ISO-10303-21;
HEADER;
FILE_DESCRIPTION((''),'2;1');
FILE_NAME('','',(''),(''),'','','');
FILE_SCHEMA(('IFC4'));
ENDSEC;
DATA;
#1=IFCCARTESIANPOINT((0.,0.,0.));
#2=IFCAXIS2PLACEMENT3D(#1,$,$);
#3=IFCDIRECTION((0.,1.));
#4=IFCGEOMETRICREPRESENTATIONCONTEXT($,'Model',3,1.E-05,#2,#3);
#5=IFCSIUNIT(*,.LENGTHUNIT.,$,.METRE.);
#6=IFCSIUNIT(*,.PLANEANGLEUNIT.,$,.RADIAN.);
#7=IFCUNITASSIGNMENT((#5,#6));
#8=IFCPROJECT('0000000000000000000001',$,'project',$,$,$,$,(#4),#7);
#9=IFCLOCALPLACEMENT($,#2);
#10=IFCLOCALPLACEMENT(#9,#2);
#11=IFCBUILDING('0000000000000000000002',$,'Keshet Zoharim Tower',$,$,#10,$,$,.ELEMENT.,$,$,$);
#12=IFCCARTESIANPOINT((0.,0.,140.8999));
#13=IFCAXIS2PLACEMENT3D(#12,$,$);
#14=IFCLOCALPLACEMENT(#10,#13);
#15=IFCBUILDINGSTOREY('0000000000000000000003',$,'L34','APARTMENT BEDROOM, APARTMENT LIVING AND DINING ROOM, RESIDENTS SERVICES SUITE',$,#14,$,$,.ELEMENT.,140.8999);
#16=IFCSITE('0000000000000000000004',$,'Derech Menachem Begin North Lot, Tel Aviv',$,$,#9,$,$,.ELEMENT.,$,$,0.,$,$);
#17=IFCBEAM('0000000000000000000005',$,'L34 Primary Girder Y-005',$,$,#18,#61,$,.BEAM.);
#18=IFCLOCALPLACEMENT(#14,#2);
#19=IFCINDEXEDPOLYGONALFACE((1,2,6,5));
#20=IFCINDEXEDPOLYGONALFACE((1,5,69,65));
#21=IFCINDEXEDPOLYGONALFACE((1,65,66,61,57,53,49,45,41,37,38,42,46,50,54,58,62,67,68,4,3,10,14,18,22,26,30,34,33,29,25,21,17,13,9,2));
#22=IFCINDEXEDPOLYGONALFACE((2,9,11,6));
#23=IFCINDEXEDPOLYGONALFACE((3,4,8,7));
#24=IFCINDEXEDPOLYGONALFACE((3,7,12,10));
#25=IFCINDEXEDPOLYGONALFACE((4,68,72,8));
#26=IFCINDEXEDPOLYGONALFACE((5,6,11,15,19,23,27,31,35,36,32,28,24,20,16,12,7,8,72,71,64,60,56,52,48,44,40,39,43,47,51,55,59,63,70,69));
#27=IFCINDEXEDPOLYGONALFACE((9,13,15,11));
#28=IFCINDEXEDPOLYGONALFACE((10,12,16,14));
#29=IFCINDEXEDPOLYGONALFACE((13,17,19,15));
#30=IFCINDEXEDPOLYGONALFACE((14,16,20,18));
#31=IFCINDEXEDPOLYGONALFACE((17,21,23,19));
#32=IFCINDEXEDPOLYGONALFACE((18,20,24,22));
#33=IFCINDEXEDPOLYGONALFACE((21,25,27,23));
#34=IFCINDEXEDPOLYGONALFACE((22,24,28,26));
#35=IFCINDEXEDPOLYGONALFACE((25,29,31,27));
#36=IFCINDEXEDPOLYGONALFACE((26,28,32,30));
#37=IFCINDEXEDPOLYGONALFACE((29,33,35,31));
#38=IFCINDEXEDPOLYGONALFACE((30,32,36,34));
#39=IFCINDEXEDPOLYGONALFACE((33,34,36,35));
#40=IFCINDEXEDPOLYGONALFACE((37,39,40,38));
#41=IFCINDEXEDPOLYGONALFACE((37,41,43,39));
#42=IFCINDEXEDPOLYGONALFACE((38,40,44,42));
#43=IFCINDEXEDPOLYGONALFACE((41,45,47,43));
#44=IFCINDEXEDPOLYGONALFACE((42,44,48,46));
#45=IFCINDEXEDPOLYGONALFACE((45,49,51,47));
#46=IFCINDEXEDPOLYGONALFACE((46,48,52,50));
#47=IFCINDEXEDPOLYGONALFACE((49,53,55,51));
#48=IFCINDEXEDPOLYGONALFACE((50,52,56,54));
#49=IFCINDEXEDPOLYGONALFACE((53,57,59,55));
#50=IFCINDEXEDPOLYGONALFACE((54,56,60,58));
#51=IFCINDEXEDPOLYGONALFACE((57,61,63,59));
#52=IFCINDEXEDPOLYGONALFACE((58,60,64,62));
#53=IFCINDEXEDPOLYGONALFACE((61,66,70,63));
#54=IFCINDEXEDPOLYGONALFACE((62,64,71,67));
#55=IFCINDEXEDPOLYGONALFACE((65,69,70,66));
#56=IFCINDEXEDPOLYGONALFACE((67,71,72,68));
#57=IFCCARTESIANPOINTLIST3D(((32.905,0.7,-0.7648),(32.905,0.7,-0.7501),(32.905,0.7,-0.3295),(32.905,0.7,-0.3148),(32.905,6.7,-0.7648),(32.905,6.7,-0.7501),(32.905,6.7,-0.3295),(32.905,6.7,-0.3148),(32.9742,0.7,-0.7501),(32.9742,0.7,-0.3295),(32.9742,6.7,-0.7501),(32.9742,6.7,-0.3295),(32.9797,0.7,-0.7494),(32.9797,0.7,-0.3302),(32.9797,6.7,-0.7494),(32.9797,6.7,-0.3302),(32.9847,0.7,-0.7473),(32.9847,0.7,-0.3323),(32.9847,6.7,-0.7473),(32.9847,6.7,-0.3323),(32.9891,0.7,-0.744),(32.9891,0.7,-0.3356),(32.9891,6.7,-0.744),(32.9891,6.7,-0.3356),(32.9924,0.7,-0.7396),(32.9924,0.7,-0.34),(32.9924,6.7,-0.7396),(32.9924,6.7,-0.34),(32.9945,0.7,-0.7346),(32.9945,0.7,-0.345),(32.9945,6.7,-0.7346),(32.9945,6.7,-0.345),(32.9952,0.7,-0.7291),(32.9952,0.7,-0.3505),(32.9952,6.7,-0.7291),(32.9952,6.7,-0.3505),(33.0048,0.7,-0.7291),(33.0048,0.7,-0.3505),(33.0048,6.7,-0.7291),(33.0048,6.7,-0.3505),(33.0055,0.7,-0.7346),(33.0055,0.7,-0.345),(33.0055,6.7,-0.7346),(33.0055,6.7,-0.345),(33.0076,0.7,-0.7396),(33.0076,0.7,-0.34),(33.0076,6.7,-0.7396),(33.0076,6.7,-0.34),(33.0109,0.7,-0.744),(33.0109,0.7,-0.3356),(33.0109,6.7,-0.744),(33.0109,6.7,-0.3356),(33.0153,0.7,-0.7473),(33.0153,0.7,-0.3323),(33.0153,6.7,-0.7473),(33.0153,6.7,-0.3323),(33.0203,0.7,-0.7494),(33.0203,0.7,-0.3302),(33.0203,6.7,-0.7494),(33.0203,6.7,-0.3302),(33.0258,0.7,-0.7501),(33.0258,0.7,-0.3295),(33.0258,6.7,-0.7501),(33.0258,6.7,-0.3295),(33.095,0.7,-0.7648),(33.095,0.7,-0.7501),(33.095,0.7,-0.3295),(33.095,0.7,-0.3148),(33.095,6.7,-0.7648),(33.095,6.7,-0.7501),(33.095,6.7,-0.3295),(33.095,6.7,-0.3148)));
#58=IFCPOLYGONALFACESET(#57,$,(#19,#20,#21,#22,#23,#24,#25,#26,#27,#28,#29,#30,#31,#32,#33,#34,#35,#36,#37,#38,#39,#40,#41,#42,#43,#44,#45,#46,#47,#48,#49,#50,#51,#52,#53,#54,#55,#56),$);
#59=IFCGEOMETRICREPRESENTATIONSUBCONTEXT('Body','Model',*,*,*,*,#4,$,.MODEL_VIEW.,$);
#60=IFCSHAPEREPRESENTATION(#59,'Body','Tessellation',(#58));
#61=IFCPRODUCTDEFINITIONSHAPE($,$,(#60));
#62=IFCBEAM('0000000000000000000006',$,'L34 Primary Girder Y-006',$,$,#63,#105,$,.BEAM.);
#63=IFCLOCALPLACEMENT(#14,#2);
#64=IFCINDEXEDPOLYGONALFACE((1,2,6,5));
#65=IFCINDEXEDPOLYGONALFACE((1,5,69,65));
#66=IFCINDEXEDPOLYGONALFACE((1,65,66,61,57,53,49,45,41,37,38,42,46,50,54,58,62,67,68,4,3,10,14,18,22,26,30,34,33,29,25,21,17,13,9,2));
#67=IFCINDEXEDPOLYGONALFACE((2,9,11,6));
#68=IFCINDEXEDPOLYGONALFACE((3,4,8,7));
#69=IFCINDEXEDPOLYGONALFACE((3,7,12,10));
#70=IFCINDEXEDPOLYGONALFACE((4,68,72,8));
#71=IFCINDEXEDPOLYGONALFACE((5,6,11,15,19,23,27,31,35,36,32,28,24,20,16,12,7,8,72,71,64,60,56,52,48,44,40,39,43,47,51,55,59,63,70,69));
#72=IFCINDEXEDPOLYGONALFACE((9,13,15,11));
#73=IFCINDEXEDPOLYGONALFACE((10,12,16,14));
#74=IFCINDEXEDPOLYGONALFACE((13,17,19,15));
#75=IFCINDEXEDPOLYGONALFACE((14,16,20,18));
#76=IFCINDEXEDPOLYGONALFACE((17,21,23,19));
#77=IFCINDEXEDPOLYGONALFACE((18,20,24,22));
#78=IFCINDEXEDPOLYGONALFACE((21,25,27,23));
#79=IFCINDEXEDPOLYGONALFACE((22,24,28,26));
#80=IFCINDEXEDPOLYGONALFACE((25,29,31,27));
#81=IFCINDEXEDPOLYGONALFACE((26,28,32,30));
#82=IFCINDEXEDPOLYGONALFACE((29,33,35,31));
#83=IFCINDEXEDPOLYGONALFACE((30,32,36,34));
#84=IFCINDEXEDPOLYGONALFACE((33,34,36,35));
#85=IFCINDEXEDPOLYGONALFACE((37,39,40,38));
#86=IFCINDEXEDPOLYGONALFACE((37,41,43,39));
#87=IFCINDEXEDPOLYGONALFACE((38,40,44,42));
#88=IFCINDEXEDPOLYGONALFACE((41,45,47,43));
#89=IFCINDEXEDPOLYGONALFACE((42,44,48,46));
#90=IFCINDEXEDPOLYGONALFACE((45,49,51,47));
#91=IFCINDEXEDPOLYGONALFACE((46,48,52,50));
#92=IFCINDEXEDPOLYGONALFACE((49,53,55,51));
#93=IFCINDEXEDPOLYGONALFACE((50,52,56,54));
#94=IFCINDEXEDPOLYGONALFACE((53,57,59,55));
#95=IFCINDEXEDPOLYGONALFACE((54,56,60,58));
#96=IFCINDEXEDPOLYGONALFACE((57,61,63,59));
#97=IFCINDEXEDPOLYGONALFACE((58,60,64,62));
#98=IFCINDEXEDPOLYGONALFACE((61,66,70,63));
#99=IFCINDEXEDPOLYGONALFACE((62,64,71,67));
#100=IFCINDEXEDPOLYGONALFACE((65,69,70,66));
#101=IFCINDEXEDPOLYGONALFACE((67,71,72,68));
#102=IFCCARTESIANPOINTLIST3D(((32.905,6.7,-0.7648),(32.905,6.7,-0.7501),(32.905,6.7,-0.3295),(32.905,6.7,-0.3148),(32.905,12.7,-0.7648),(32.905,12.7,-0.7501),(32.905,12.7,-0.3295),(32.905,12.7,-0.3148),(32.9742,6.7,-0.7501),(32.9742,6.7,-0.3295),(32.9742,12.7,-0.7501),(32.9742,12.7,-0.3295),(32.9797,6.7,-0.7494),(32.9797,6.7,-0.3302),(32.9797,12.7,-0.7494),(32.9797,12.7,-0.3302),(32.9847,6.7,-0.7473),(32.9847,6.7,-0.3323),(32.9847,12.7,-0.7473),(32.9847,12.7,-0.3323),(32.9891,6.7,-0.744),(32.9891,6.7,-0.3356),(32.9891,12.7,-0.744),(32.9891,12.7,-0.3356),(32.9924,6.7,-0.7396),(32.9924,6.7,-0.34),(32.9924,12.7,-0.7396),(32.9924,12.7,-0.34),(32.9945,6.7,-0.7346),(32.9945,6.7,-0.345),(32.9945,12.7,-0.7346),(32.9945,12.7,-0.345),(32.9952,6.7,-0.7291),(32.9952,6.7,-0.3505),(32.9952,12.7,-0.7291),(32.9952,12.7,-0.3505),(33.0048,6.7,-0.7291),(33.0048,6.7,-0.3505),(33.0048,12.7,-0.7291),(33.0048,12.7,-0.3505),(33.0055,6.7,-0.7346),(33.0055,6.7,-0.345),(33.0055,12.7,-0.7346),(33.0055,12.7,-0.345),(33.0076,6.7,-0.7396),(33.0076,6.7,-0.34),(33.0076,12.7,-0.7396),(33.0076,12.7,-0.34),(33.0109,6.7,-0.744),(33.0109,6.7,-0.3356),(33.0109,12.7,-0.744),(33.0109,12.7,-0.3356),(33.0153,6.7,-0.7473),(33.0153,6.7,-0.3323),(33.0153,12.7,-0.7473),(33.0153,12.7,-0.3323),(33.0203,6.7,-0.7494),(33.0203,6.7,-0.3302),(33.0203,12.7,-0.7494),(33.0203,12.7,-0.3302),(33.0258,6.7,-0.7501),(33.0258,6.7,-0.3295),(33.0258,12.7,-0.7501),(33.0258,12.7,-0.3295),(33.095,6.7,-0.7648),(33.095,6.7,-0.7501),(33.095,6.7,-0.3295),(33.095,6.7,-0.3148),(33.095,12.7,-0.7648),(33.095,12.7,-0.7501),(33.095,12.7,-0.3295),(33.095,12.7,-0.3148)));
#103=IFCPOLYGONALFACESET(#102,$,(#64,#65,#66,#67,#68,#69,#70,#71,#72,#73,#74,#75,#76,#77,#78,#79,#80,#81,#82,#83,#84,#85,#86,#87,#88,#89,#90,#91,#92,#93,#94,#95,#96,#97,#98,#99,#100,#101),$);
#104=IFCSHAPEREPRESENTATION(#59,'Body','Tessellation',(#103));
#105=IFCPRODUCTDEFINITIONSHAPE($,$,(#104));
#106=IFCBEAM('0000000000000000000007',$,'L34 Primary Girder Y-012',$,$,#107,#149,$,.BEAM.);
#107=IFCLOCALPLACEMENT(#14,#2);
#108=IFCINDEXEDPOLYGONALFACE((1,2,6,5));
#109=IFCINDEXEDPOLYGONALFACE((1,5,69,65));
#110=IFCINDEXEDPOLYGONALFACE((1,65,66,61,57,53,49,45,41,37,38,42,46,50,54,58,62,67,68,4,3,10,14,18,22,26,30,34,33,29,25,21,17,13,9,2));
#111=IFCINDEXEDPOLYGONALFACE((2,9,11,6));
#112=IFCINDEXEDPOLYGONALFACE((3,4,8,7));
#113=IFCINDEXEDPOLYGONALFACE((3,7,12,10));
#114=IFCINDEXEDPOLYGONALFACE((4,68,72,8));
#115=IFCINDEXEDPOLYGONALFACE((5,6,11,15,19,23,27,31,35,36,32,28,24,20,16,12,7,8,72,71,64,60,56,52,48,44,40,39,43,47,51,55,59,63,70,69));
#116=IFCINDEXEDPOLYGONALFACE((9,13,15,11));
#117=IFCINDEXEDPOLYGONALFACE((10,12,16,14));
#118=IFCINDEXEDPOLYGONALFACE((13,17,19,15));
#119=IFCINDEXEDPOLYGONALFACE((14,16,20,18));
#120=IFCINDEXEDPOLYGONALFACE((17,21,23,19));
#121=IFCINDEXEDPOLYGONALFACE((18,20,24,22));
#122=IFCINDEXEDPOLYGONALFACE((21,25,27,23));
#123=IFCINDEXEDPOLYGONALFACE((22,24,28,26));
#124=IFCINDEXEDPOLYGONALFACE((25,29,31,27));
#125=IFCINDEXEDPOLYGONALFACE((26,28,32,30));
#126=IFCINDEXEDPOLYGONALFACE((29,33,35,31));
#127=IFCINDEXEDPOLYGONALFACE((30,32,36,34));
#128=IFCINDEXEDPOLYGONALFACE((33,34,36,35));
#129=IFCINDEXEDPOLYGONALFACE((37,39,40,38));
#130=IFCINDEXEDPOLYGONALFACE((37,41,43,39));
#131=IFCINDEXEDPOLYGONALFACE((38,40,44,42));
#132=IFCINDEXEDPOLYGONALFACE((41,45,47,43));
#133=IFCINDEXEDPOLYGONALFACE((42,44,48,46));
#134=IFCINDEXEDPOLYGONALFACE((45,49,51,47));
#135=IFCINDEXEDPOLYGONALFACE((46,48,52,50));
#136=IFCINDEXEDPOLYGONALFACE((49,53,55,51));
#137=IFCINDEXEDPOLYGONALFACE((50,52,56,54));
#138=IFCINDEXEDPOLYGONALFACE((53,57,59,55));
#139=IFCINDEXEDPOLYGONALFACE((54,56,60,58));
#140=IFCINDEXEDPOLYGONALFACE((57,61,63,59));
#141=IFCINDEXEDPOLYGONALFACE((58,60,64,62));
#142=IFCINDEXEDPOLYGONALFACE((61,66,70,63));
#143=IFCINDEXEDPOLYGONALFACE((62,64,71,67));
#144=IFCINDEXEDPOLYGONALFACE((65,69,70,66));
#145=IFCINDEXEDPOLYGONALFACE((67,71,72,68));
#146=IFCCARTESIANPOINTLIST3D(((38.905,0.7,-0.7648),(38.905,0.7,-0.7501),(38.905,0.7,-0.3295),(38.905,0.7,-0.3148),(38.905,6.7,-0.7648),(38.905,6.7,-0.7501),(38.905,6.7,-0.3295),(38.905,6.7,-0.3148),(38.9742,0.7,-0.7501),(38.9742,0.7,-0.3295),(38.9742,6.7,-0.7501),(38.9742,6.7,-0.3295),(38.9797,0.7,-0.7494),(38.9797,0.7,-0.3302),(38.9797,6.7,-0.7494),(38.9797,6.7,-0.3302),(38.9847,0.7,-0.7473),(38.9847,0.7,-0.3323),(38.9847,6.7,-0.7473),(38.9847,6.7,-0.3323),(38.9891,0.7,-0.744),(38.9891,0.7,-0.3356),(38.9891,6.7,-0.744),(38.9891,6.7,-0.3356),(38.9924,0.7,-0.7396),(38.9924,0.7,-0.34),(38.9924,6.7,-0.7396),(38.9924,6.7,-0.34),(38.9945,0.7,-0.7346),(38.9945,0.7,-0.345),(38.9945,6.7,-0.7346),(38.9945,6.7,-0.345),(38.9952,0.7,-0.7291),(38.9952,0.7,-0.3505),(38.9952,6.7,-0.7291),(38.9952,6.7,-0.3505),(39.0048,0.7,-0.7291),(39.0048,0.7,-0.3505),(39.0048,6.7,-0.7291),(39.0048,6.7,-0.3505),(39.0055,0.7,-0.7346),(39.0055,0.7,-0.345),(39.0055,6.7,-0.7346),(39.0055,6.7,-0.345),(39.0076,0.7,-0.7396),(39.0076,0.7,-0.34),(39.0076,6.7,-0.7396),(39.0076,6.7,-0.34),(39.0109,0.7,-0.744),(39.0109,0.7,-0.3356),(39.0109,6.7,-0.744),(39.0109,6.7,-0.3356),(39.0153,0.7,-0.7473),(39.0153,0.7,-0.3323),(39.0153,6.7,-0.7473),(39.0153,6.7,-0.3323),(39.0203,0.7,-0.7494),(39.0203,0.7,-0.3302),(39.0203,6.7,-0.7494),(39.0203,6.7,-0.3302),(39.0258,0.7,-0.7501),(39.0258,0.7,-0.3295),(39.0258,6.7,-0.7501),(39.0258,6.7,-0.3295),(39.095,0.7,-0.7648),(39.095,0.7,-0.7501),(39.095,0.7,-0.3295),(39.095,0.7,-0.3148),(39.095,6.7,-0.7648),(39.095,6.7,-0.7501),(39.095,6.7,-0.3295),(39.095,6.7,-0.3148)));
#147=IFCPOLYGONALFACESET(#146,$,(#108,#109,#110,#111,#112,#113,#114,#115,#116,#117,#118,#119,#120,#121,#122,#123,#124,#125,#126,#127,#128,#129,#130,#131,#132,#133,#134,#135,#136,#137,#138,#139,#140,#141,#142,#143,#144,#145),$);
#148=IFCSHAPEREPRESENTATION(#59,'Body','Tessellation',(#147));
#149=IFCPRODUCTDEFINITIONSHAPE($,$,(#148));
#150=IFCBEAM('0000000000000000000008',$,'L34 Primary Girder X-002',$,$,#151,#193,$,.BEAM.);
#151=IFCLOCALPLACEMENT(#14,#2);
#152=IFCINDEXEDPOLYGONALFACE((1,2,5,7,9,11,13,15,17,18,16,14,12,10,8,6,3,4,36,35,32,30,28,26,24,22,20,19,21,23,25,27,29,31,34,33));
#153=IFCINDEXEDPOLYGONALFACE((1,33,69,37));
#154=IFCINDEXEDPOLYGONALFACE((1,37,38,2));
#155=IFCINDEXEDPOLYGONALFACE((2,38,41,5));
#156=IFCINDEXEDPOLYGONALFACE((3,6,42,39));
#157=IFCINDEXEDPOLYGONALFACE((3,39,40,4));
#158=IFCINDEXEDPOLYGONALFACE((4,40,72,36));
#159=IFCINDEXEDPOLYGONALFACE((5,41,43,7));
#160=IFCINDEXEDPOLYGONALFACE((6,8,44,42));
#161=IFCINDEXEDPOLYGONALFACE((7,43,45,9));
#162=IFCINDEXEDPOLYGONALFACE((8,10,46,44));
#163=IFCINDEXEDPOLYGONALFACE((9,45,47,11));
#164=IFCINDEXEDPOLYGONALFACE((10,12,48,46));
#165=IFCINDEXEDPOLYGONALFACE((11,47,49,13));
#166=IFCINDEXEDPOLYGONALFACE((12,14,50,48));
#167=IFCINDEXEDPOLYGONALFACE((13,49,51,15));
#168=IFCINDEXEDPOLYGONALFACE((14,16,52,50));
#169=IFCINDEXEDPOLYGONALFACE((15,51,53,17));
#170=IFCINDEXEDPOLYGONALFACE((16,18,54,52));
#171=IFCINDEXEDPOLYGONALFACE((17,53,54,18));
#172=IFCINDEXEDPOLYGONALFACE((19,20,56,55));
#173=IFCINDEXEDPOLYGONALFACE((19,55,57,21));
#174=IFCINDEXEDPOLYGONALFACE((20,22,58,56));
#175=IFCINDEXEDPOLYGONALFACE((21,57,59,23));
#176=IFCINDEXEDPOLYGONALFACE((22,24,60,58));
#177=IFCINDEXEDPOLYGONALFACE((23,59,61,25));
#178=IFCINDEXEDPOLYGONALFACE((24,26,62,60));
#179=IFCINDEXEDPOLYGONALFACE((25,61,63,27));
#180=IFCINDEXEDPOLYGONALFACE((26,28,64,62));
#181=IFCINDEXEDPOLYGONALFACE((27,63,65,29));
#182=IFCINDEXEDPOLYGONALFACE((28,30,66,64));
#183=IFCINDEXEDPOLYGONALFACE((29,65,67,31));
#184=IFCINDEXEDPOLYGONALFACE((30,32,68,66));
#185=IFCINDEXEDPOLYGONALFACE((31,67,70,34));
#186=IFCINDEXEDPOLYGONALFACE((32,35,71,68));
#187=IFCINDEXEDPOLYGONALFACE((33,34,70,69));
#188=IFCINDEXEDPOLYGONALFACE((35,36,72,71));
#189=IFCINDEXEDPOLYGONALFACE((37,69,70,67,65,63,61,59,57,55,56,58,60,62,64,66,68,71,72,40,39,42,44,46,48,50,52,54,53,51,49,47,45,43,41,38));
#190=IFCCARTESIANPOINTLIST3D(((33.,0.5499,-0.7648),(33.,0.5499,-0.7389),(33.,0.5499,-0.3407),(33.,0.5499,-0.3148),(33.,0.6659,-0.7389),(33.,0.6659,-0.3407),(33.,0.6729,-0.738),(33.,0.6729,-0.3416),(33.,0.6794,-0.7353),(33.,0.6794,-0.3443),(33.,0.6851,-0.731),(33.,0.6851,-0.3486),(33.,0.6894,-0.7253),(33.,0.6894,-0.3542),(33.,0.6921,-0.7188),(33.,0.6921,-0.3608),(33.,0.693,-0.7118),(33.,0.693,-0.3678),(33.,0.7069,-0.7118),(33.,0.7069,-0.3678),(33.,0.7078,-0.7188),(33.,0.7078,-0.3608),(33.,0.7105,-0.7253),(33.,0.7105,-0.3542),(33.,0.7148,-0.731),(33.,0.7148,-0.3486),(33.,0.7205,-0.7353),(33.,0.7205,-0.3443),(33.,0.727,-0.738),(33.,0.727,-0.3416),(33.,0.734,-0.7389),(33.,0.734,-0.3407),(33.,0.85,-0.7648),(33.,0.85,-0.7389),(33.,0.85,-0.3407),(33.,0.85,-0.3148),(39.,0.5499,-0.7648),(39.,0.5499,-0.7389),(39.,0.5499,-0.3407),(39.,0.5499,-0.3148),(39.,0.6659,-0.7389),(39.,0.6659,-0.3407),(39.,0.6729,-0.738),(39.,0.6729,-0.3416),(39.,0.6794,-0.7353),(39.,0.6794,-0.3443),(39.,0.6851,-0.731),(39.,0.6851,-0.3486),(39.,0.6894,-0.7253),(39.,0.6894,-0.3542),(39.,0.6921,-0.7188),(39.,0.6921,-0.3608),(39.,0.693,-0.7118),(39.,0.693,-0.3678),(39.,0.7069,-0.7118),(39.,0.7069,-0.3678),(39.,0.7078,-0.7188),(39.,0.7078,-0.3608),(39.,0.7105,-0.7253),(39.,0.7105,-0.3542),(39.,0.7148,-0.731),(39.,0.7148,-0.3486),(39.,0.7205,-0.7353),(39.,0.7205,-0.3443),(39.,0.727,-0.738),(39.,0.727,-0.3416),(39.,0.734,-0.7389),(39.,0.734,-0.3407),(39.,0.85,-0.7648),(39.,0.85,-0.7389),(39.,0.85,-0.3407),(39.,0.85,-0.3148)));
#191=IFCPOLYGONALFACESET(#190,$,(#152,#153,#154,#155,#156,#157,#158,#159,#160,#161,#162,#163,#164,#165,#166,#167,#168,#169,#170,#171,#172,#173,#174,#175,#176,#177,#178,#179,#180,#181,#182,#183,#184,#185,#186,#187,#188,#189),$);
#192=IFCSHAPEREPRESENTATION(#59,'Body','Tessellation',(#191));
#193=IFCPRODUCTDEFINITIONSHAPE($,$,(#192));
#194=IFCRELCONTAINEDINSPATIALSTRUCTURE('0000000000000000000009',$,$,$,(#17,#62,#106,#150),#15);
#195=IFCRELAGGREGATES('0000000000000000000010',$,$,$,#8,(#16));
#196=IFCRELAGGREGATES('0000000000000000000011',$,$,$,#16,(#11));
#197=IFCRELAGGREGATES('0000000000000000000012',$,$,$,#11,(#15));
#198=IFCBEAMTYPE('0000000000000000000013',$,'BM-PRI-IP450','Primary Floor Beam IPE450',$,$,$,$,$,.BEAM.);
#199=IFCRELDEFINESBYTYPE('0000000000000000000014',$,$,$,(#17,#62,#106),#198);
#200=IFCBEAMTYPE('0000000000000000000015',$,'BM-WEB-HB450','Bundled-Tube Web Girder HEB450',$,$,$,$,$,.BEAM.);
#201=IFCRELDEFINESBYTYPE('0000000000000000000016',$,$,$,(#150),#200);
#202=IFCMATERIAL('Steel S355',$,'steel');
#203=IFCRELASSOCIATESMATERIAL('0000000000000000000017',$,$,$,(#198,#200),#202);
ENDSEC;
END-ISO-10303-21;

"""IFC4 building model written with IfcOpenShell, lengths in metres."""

from ifc_helpers import new_model, si_unit, direction, frame, origin, origin_2d, place, context, subcontext, project, spatial, i_section, extrude, material, material_profile, profile_set, type_object, element, save


model = new_model("IFC4")

# Units and contexts
model_context = context("Model", 3, precision=1e-05, world=origin(), true_north=direction((0.0, 1.0)))
body_context = subcontext(model_context, "Body", "Model", "MODEL_VIEW")
ifc_project = project(units=[si_unit("LENGTHUNIT", "METRE"), si_unit("PLANEANGLEUNIT", "RADIAN")], contexts=[model_context])

# Site, building, storey
site_placement = place(None, origin())
site = spatial("IfcSite", under=ifc_project, at=site_placement, Name="Derech Menachem Begin North Lot, Tel Aviv", CompositionType="ELEMENT", RefElevation=0.0)
building_placement = place(site_placement, origin())
building = spatial("IfcBuilding", under=site, at=building_placement, Name="Keshet Zoharim Tower", CompositionType="ELEMENT")
storey_placement = place(building_placement, frame((0.0, 0.0, 140.8999)))
storey = spatial("IfcBuildingStorey", under=building, at=storey_placement, Name="L34", Description="APARTMENT BEDROOM, APARTMENT LIVING AND DINING ROOM, RESIDENTS SERVICES SUITE", CompositionType="ELEMENT", Elevation=140.8999)

# Shared definitions
ifc_material_1 = material(Name="Steel S355", Category="steel")

# Beams
ifc_material_profile_1 = material_profile(ifc_material_1, i_section(OverallWidth=0.1899, OverallDepth=0.45, WebThickness=0.0095, FlangeThickness=0.0146, FilletRadius=0.021, at=origin_2d()), Name="IPE450")
ifc_profile_set_1 = profile_set([ifc_material_profile_1], Name="Steel S355")
beam_type_1 = type_object("IfcBeamType", Name="BM-PRI-IP450", Description="Primary Floor Beam IPE450", PredefinedType="BEAM", material=ifc_profile_set_1)
for number, where, z_axis, x_axis, name in (
    (1, (33.0, 0.7, -0.5398), (0.0, 1.0, 0.0), (-1.0, 0.0, 0.0), "L34 Primary Girder Y-005"),
    (2, (33.0, 6.7, -0.5398), (0.0, 1.0, 0.0), (-1.0, 0.0, 0.0), "L34 Primary Girder Y-006"),
    (3, (39.0, 0.7, -0.5398), (0.0, 1.0, 0.0), (-1.0, 0.0, 0.0), "L34 Primary Girder Y-012"),
):
    element("IfcBeam", number, at=place(storey_placement, frame(where, z_axis=z_axis, x_axis=x_axis)), inside=storey, type_object=beam_type_1, Name=name, PredefinedType="BEAM", context=body_context, shape_type="SweptSolid", body=[
        extrude(i_section(OverallWidth=0.1899, OverallDepth=0.45, WebThickness=0.0095, FlangeThickness=0.0146, FilletRadius=0.021, at=origin_2d()), origin(), (0.0, 0.0, 1.0), 6.0),
    ])
ifc_material_profile_2 = material_profile(ifc_material_1, i_section(OverallWidth=0.3, OverallDepth=0.45, WebThickness=0.0139, FlangeThickness=0.0259, FilletRadius=0.0271, at=origin_2d()), Name="HEB450")
ifc_profile_set_2 = profile_set([ifc_material_profile_2], Name="Steel S355")
beam_type_2 = type_object("IfcBeamType", Name="BM-WEB-HB450", Description="Bundled-Tube Web Girder HEB450", PredefinedType="BEAM", material=ifc_profile_set_2)
for number, where, z_axis, x_axis, name in (
    (4, (33.0, 0.7, -0.5398), (1.0, 0.0, 0.0), (0.0, 1.0, 0.0), "L34 Primary Girder X-002"),
):
    element("IfcBeam", number, at=place(storey_placement, frame(where, z_axis=z_axis, x_axis=x_axis)), inside=storey, type_object=beam_type_2, Name=name, PredefinedType="BEAM", context=body_context, shape_type="SweptSolid", body=[
        extrude(i_section(OverallWidth=0.3, OverallDepth=0.45, WebThickness=0.0139, FlangeThickness=0.0259, FilletRadius=0.0271, at=origin_2d()), origin(), (0.0, 0.0, 1.0), 6.0),
    ])

save(model, "model.ifc")
